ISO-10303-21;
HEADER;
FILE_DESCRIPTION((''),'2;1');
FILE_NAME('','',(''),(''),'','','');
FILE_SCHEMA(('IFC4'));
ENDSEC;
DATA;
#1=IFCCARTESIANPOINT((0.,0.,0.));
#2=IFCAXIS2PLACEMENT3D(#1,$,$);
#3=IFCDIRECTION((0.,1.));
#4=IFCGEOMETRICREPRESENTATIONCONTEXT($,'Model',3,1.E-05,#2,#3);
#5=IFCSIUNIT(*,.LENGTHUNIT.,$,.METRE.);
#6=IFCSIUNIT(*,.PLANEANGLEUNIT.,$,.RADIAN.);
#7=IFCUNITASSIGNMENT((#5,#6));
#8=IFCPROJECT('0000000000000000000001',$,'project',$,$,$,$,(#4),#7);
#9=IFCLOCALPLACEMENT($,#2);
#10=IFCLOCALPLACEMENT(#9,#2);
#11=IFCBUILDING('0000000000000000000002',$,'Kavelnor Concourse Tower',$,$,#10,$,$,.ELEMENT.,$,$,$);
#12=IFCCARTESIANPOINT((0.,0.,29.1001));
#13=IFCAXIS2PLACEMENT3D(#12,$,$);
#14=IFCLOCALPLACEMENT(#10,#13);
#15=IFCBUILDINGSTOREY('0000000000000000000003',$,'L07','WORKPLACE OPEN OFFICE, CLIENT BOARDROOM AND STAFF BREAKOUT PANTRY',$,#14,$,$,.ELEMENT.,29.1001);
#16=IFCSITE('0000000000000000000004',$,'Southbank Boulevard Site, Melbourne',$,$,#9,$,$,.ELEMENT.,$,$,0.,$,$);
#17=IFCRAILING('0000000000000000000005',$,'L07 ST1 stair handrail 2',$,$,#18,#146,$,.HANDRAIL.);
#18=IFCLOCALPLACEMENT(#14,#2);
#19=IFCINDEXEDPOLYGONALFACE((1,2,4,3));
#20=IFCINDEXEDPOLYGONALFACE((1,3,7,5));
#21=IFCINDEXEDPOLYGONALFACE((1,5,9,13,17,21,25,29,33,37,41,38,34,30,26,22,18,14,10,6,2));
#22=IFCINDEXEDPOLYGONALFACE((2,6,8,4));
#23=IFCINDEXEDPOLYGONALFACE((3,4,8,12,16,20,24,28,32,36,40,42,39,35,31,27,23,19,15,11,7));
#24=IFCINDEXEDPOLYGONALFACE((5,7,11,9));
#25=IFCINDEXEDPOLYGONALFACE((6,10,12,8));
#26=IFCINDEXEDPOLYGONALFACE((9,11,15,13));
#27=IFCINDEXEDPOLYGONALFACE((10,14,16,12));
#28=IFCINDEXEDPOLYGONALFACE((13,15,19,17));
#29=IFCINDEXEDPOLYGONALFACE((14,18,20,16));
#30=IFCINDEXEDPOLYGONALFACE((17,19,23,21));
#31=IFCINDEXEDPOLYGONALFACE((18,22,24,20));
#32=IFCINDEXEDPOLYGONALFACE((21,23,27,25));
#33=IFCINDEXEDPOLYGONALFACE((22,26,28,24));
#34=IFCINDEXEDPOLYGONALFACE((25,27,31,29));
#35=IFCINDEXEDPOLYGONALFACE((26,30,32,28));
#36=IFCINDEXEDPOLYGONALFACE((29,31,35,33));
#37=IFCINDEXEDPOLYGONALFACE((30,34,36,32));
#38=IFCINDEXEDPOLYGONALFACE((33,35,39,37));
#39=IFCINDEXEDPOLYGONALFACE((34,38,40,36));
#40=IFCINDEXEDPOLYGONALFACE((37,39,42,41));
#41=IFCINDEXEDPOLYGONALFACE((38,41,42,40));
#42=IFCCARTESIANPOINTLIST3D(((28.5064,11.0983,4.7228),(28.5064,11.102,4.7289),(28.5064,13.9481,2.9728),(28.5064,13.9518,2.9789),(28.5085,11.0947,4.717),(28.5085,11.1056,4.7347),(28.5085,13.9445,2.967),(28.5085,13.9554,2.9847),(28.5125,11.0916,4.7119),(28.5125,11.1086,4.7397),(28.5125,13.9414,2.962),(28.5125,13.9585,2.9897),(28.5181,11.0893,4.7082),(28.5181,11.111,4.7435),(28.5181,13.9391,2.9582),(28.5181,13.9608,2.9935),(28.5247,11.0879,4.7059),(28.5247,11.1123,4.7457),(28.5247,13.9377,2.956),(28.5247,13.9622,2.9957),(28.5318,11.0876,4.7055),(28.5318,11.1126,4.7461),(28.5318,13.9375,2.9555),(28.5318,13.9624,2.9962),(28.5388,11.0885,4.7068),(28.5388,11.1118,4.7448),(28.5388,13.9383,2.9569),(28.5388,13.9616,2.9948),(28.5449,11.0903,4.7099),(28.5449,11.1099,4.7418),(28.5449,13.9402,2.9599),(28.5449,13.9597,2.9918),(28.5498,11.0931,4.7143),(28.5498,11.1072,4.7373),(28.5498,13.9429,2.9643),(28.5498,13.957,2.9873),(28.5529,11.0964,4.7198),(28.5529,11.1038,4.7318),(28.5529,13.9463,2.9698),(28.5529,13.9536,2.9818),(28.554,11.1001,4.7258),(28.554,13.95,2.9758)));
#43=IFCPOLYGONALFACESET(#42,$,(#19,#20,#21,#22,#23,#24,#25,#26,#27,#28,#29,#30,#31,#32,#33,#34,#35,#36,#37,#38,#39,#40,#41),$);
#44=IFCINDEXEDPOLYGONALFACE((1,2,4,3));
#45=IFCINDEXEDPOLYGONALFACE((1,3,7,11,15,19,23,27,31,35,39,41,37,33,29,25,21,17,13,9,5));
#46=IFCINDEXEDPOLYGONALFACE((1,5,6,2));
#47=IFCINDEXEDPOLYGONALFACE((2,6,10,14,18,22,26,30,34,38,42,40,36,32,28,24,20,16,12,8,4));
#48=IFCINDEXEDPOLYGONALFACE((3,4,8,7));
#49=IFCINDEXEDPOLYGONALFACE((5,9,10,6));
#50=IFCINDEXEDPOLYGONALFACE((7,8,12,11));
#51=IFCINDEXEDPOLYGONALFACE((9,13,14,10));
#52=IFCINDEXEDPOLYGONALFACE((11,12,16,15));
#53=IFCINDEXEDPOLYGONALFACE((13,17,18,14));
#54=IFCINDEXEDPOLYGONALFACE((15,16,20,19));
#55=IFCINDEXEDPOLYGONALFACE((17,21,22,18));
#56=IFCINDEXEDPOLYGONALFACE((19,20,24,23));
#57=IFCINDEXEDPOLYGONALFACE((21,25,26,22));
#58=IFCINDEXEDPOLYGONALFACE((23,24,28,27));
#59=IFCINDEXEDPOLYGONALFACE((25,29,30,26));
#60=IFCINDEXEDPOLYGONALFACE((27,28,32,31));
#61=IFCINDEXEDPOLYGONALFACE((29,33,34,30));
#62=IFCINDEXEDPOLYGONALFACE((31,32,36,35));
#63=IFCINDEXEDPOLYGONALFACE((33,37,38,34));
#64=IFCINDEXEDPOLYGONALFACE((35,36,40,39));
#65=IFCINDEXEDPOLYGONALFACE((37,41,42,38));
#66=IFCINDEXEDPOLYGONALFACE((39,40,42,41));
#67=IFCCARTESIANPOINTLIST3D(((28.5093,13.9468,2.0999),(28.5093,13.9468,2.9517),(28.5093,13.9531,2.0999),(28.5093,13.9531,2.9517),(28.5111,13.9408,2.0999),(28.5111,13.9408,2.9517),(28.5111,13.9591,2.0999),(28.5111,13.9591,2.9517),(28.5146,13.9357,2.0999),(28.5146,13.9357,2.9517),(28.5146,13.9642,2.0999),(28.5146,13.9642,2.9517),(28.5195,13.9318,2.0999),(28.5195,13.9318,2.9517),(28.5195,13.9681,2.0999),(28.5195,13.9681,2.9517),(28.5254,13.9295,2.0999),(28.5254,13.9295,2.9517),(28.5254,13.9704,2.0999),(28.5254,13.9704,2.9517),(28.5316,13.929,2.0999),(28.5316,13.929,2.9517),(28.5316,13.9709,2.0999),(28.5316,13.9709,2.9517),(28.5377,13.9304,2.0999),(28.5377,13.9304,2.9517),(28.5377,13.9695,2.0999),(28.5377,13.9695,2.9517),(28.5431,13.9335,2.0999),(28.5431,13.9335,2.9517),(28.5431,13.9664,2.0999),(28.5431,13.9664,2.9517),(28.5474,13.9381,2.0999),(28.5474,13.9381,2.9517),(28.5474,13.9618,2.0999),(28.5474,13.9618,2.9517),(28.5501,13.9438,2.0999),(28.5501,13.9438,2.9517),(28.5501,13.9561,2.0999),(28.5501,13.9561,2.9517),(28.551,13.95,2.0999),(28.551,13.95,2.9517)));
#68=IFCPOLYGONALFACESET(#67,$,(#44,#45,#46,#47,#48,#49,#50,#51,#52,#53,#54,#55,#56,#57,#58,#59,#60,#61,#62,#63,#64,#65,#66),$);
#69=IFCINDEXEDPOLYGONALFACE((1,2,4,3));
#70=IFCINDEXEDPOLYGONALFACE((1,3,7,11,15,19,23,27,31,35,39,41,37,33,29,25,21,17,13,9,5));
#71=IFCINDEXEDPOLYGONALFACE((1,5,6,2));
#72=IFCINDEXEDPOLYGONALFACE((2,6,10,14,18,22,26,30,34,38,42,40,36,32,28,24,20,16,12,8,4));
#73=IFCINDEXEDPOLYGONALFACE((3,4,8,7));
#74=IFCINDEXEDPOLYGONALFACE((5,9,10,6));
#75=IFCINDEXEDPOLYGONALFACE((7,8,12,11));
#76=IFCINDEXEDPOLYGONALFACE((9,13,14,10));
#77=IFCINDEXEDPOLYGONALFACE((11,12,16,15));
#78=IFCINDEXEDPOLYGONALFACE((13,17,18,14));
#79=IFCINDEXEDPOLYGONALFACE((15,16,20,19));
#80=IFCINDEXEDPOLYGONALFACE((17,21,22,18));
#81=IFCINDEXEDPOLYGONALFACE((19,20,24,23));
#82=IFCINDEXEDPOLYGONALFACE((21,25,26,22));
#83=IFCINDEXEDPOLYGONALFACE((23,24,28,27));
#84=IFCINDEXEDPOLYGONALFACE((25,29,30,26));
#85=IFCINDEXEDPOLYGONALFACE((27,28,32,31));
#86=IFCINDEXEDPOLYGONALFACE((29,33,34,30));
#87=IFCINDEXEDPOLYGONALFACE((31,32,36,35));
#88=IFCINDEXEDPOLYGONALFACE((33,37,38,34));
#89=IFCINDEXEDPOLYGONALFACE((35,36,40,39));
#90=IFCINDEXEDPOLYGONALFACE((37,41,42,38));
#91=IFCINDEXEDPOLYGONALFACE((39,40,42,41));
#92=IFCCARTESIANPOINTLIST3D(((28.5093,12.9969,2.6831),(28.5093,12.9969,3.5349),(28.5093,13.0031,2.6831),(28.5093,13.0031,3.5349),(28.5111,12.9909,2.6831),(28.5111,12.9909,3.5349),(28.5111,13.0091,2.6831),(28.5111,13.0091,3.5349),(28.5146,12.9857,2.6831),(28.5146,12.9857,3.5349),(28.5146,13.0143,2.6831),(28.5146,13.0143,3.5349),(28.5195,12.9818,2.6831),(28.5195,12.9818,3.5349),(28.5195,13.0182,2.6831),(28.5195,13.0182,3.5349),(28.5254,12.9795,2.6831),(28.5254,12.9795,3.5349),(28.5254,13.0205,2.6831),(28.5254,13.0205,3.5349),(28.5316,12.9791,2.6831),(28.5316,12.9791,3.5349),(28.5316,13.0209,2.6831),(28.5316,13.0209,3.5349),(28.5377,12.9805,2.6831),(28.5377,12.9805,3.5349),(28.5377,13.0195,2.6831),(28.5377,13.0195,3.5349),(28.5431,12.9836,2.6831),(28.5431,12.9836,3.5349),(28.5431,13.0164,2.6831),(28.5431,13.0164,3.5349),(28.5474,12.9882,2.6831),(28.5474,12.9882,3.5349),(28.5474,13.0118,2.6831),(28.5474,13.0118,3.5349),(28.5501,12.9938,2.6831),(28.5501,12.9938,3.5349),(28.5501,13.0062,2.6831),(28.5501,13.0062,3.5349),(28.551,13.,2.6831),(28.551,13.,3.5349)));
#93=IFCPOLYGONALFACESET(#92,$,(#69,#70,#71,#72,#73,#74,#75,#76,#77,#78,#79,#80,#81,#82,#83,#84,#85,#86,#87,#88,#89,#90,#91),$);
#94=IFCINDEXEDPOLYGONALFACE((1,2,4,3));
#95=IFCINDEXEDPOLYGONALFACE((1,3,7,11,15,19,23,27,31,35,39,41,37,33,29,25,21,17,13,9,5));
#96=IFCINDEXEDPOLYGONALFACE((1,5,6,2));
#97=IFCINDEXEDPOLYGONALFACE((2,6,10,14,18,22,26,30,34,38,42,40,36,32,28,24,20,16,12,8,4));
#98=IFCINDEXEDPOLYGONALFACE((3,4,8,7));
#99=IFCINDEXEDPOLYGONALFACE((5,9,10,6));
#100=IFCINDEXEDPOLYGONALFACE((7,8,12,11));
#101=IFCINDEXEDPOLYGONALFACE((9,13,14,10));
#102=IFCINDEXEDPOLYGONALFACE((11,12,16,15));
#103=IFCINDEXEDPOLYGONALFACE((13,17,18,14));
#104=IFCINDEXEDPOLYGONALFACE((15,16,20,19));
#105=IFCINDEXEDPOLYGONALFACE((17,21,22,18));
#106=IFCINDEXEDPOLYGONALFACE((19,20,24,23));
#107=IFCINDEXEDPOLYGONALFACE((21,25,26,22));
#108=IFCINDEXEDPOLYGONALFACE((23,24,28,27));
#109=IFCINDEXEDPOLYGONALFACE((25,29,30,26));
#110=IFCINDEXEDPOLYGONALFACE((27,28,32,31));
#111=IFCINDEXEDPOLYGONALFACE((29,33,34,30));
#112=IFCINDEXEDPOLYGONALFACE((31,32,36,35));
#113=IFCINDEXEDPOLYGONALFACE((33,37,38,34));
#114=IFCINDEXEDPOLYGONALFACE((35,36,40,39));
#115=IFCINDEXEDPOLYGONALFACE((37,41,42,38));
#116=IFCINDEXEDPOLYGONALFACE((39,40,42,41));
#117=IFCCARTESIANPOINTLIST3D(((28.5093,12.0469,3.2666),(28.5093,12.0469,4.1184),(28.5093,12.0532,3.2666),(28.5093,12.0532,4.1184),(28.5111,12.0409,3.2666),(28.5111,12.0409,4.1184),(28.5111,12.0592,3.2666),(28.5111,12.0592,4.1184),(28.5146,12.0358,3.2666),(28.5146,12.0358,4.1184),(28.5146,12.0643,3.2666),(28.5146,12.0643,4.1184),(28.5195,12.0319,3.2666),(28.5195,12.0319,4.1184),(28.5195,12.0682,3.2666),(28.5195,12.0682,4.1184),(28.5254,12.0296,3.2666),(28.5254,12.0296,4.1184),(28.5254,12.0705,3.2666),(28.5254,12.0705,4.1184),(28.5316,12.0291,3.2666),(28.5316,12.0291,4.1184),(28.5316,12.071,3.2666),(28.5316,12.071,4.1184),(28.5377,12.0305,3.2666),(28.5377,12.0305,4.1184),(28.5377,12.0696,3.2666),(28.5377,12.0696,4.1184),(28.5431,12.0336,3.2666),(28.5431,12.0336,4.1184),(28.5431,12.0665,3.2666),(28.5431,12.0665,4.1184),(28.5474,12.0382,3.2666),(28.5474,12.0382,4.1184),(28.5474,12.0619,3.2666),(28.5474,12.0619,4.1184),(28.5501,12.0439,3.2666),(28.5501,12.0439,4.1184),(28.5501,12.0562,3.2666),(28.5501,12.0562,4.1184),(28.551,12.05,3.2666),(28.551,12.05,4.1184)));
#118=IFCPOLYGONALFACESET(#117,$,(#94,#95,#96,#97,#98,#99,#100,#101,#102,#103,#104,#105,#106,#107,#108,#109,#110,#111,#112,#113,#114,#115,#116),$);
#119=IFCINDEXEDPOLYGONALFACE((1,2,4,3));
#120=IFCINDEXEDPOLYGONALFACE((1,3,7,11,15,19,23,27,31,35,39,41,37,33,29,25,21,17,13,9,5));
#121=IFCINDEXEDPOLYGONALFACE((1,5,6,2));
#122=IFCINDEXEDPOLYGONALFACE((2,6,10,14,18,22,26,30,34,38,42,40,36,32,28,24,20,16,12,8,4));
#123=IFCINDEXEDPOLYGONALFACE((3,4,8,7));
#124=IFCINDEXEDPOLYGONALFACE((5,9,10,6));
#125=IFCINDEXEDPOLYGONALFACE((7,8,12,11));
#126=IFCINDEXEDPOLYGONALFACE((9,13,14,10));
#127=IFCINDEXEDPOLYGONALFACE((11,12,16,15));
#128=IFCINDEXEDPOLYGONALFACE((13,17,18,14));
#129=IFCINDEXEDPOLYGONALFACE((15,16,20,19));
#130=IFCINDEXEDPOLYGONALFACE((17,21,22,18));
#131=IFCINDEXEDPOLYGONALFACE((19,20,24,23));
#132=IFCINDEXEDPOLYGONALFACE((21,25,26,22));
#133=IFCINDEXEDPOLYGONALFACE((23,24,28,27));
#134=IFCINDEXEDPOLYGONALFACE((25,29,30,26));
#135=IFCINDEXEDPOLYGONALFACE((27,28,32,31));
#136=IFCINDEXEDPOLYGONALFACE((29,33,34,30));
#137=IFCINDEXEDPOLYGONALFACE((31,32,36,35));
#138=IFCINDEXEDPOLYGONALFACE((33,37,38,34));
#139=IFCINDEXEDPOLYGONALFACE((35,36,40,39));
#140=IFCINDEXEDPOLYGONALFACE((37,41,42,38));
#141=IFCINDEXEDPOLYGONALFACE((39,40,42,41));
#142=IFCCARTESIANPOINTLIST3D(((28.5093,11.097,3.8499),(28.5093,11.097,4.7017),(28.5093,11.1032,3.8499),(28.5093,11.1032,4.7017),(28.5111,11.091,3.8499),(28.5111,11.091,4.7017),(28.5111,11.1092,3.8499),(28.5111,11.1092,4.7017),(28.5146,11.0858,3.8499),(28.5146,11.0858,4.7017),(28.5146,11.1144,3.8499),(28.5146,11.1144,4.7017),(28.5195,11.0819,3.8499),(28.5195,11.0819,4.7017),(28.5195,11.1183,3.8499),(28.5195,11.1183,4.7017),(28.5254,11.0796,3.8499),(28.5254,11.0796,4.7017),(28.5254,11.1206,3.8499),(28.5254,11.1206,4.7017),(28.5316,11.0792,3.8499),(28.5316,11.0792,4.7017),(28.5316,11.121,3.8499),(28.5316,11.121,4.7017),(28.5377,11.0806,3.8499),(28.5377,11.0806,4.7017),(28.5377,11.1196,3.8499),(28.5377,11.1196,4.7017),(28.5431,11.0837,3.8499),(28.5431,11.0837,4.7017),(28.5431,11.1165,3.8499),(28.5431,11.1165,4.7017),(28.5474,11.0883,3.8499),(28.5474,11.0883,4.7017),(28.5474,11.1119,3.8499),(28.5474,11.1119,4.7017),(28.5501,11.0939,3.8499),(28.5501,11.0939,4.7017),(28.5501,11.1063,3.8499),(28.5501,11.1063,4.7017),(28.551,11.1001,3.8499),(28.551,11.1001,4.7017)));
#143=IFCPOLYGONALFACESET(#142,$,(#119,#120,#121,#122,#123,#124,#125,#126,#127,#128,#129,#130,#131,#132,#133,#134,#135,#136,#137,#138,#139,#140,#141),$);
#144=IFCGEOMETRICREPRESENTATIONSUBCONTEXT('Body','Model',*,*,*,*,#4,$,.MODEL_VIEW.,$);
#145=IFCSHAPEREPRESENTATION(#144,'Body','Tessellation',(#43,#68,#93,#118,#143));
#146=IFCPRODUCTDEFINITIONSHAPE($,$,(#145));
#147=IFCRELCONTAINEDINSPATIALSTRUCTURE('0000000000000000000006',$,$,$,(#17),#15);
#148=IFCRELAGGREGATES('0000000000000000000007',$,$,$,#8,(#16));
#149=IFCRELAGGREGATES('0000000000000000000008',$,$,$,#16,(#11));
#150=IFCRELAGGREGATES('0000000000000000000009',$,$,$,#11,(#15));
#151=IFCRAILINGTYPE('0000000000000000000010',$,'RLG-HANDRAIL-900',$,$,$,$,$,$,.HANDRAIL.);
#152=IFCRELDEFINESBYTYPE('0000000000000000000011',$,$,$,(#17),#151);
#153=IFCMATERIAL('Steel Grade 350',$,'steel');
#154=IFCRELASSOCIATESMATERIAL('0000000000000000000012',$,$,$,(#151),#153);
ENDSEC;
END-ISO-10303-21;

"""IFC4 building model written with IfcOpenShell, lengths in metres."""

from ifc_helpers import new_model, si_unit, direction, frame, origin, origin_2d, place, context, subcontext, project, spatial, circle, extrude, material, type_object, element, save


model = new_model("IFC4")

# Units and contexts
model_context = context("Model", 3, precision=1e-05, world=origin(), true_north=direction((0.0, 1.0)))
body_context = subcontext(model_context, "Body", "Model", "MODEL_VIEW")
ifc_project = project(units=[si_unit("LENGTHUNIT", "METRE"), si_unit("PLANEANGLEUNIT", "RADIAN")], contexts=[model_context])

# Site, building, storey
site_placement = place(None, origin())
site = spatial("IfcSite", under=ifc_project, at=site_placement, Name="Southbank Boulevard Site, Melbourne", CompositionType="ELEMENT", RefElevation=0.0)
building_placement = place(site_placement, origin())
building = spatial("IfcBuilding", under=site, at=building_placement, Name="Kavelnor Concourse Tower", CompositionType="ELEMENT")
storey_placement = place(building_placement, frame((0.0, 0.0, 29.1001)))
storey = spatial("IfcBuildingStorey", under=building, at=storey_placement, Name="L07", Description="WORKPLACE OPEN OFFICE, CLIENT BOARDROOM AND STAFF BREAKOUT PANTRY", CompositionType="ELEMENT", Elevation=29.1001)

# Shared definitions
ifc_material_1 = material(Name="Steel Grade 350", Category="steel")

# Railing
railing_type_1 = type_object("IfcRailingType", Name="RLG-HANDRAIL-900", PredefinedType="HANDRAIL", material=ifc_material_1)
railing_1_placement = place(storey_placement, frame((28.53, 13.95, 2.0999)))
element("IfcRailing", 1, at=railing_1_placement, inside=storey, type_object=railing_type_1, Name="L07 ST1 stair handrail 2", PredefinedType="HANDRAIL", context=body_context, shape_type="SweptSolid", body=[
    extrude(circle(Radius=0.0239, at=origin_2d()), frame((0.0, 0.0, 0.876), z_axis=(0.0, -0.852159, 0.523283), x_axis=(1.0, 0.0, 0.0)), (0.0, 0.0, 1.0), 3.3442),
    extrude(circle(Radius=0.021, at=origin_2d()), origin(), (0.0, 0.0, 1.0), 0.8518),
    extrude(circle(Radius=0.021, at=origin_2d()), frame((0.0, -0.95, 0.5833)), (0.0, 0.0, 1.0), 0.8518),
    extrude(circle(Radius=0.021, at=origin_2d()), frame((0.0, -1.8999, 1.1667)), (0.0, 0.0, 1.0), 0.8518),
    extrude(circle(Radius=0.021, at=origin_2d()), frame((0.0, -2.8499, 1.75)), (0.0, 0.0, 1.0), 0.8518),
])

save(model, "model.ifc")
